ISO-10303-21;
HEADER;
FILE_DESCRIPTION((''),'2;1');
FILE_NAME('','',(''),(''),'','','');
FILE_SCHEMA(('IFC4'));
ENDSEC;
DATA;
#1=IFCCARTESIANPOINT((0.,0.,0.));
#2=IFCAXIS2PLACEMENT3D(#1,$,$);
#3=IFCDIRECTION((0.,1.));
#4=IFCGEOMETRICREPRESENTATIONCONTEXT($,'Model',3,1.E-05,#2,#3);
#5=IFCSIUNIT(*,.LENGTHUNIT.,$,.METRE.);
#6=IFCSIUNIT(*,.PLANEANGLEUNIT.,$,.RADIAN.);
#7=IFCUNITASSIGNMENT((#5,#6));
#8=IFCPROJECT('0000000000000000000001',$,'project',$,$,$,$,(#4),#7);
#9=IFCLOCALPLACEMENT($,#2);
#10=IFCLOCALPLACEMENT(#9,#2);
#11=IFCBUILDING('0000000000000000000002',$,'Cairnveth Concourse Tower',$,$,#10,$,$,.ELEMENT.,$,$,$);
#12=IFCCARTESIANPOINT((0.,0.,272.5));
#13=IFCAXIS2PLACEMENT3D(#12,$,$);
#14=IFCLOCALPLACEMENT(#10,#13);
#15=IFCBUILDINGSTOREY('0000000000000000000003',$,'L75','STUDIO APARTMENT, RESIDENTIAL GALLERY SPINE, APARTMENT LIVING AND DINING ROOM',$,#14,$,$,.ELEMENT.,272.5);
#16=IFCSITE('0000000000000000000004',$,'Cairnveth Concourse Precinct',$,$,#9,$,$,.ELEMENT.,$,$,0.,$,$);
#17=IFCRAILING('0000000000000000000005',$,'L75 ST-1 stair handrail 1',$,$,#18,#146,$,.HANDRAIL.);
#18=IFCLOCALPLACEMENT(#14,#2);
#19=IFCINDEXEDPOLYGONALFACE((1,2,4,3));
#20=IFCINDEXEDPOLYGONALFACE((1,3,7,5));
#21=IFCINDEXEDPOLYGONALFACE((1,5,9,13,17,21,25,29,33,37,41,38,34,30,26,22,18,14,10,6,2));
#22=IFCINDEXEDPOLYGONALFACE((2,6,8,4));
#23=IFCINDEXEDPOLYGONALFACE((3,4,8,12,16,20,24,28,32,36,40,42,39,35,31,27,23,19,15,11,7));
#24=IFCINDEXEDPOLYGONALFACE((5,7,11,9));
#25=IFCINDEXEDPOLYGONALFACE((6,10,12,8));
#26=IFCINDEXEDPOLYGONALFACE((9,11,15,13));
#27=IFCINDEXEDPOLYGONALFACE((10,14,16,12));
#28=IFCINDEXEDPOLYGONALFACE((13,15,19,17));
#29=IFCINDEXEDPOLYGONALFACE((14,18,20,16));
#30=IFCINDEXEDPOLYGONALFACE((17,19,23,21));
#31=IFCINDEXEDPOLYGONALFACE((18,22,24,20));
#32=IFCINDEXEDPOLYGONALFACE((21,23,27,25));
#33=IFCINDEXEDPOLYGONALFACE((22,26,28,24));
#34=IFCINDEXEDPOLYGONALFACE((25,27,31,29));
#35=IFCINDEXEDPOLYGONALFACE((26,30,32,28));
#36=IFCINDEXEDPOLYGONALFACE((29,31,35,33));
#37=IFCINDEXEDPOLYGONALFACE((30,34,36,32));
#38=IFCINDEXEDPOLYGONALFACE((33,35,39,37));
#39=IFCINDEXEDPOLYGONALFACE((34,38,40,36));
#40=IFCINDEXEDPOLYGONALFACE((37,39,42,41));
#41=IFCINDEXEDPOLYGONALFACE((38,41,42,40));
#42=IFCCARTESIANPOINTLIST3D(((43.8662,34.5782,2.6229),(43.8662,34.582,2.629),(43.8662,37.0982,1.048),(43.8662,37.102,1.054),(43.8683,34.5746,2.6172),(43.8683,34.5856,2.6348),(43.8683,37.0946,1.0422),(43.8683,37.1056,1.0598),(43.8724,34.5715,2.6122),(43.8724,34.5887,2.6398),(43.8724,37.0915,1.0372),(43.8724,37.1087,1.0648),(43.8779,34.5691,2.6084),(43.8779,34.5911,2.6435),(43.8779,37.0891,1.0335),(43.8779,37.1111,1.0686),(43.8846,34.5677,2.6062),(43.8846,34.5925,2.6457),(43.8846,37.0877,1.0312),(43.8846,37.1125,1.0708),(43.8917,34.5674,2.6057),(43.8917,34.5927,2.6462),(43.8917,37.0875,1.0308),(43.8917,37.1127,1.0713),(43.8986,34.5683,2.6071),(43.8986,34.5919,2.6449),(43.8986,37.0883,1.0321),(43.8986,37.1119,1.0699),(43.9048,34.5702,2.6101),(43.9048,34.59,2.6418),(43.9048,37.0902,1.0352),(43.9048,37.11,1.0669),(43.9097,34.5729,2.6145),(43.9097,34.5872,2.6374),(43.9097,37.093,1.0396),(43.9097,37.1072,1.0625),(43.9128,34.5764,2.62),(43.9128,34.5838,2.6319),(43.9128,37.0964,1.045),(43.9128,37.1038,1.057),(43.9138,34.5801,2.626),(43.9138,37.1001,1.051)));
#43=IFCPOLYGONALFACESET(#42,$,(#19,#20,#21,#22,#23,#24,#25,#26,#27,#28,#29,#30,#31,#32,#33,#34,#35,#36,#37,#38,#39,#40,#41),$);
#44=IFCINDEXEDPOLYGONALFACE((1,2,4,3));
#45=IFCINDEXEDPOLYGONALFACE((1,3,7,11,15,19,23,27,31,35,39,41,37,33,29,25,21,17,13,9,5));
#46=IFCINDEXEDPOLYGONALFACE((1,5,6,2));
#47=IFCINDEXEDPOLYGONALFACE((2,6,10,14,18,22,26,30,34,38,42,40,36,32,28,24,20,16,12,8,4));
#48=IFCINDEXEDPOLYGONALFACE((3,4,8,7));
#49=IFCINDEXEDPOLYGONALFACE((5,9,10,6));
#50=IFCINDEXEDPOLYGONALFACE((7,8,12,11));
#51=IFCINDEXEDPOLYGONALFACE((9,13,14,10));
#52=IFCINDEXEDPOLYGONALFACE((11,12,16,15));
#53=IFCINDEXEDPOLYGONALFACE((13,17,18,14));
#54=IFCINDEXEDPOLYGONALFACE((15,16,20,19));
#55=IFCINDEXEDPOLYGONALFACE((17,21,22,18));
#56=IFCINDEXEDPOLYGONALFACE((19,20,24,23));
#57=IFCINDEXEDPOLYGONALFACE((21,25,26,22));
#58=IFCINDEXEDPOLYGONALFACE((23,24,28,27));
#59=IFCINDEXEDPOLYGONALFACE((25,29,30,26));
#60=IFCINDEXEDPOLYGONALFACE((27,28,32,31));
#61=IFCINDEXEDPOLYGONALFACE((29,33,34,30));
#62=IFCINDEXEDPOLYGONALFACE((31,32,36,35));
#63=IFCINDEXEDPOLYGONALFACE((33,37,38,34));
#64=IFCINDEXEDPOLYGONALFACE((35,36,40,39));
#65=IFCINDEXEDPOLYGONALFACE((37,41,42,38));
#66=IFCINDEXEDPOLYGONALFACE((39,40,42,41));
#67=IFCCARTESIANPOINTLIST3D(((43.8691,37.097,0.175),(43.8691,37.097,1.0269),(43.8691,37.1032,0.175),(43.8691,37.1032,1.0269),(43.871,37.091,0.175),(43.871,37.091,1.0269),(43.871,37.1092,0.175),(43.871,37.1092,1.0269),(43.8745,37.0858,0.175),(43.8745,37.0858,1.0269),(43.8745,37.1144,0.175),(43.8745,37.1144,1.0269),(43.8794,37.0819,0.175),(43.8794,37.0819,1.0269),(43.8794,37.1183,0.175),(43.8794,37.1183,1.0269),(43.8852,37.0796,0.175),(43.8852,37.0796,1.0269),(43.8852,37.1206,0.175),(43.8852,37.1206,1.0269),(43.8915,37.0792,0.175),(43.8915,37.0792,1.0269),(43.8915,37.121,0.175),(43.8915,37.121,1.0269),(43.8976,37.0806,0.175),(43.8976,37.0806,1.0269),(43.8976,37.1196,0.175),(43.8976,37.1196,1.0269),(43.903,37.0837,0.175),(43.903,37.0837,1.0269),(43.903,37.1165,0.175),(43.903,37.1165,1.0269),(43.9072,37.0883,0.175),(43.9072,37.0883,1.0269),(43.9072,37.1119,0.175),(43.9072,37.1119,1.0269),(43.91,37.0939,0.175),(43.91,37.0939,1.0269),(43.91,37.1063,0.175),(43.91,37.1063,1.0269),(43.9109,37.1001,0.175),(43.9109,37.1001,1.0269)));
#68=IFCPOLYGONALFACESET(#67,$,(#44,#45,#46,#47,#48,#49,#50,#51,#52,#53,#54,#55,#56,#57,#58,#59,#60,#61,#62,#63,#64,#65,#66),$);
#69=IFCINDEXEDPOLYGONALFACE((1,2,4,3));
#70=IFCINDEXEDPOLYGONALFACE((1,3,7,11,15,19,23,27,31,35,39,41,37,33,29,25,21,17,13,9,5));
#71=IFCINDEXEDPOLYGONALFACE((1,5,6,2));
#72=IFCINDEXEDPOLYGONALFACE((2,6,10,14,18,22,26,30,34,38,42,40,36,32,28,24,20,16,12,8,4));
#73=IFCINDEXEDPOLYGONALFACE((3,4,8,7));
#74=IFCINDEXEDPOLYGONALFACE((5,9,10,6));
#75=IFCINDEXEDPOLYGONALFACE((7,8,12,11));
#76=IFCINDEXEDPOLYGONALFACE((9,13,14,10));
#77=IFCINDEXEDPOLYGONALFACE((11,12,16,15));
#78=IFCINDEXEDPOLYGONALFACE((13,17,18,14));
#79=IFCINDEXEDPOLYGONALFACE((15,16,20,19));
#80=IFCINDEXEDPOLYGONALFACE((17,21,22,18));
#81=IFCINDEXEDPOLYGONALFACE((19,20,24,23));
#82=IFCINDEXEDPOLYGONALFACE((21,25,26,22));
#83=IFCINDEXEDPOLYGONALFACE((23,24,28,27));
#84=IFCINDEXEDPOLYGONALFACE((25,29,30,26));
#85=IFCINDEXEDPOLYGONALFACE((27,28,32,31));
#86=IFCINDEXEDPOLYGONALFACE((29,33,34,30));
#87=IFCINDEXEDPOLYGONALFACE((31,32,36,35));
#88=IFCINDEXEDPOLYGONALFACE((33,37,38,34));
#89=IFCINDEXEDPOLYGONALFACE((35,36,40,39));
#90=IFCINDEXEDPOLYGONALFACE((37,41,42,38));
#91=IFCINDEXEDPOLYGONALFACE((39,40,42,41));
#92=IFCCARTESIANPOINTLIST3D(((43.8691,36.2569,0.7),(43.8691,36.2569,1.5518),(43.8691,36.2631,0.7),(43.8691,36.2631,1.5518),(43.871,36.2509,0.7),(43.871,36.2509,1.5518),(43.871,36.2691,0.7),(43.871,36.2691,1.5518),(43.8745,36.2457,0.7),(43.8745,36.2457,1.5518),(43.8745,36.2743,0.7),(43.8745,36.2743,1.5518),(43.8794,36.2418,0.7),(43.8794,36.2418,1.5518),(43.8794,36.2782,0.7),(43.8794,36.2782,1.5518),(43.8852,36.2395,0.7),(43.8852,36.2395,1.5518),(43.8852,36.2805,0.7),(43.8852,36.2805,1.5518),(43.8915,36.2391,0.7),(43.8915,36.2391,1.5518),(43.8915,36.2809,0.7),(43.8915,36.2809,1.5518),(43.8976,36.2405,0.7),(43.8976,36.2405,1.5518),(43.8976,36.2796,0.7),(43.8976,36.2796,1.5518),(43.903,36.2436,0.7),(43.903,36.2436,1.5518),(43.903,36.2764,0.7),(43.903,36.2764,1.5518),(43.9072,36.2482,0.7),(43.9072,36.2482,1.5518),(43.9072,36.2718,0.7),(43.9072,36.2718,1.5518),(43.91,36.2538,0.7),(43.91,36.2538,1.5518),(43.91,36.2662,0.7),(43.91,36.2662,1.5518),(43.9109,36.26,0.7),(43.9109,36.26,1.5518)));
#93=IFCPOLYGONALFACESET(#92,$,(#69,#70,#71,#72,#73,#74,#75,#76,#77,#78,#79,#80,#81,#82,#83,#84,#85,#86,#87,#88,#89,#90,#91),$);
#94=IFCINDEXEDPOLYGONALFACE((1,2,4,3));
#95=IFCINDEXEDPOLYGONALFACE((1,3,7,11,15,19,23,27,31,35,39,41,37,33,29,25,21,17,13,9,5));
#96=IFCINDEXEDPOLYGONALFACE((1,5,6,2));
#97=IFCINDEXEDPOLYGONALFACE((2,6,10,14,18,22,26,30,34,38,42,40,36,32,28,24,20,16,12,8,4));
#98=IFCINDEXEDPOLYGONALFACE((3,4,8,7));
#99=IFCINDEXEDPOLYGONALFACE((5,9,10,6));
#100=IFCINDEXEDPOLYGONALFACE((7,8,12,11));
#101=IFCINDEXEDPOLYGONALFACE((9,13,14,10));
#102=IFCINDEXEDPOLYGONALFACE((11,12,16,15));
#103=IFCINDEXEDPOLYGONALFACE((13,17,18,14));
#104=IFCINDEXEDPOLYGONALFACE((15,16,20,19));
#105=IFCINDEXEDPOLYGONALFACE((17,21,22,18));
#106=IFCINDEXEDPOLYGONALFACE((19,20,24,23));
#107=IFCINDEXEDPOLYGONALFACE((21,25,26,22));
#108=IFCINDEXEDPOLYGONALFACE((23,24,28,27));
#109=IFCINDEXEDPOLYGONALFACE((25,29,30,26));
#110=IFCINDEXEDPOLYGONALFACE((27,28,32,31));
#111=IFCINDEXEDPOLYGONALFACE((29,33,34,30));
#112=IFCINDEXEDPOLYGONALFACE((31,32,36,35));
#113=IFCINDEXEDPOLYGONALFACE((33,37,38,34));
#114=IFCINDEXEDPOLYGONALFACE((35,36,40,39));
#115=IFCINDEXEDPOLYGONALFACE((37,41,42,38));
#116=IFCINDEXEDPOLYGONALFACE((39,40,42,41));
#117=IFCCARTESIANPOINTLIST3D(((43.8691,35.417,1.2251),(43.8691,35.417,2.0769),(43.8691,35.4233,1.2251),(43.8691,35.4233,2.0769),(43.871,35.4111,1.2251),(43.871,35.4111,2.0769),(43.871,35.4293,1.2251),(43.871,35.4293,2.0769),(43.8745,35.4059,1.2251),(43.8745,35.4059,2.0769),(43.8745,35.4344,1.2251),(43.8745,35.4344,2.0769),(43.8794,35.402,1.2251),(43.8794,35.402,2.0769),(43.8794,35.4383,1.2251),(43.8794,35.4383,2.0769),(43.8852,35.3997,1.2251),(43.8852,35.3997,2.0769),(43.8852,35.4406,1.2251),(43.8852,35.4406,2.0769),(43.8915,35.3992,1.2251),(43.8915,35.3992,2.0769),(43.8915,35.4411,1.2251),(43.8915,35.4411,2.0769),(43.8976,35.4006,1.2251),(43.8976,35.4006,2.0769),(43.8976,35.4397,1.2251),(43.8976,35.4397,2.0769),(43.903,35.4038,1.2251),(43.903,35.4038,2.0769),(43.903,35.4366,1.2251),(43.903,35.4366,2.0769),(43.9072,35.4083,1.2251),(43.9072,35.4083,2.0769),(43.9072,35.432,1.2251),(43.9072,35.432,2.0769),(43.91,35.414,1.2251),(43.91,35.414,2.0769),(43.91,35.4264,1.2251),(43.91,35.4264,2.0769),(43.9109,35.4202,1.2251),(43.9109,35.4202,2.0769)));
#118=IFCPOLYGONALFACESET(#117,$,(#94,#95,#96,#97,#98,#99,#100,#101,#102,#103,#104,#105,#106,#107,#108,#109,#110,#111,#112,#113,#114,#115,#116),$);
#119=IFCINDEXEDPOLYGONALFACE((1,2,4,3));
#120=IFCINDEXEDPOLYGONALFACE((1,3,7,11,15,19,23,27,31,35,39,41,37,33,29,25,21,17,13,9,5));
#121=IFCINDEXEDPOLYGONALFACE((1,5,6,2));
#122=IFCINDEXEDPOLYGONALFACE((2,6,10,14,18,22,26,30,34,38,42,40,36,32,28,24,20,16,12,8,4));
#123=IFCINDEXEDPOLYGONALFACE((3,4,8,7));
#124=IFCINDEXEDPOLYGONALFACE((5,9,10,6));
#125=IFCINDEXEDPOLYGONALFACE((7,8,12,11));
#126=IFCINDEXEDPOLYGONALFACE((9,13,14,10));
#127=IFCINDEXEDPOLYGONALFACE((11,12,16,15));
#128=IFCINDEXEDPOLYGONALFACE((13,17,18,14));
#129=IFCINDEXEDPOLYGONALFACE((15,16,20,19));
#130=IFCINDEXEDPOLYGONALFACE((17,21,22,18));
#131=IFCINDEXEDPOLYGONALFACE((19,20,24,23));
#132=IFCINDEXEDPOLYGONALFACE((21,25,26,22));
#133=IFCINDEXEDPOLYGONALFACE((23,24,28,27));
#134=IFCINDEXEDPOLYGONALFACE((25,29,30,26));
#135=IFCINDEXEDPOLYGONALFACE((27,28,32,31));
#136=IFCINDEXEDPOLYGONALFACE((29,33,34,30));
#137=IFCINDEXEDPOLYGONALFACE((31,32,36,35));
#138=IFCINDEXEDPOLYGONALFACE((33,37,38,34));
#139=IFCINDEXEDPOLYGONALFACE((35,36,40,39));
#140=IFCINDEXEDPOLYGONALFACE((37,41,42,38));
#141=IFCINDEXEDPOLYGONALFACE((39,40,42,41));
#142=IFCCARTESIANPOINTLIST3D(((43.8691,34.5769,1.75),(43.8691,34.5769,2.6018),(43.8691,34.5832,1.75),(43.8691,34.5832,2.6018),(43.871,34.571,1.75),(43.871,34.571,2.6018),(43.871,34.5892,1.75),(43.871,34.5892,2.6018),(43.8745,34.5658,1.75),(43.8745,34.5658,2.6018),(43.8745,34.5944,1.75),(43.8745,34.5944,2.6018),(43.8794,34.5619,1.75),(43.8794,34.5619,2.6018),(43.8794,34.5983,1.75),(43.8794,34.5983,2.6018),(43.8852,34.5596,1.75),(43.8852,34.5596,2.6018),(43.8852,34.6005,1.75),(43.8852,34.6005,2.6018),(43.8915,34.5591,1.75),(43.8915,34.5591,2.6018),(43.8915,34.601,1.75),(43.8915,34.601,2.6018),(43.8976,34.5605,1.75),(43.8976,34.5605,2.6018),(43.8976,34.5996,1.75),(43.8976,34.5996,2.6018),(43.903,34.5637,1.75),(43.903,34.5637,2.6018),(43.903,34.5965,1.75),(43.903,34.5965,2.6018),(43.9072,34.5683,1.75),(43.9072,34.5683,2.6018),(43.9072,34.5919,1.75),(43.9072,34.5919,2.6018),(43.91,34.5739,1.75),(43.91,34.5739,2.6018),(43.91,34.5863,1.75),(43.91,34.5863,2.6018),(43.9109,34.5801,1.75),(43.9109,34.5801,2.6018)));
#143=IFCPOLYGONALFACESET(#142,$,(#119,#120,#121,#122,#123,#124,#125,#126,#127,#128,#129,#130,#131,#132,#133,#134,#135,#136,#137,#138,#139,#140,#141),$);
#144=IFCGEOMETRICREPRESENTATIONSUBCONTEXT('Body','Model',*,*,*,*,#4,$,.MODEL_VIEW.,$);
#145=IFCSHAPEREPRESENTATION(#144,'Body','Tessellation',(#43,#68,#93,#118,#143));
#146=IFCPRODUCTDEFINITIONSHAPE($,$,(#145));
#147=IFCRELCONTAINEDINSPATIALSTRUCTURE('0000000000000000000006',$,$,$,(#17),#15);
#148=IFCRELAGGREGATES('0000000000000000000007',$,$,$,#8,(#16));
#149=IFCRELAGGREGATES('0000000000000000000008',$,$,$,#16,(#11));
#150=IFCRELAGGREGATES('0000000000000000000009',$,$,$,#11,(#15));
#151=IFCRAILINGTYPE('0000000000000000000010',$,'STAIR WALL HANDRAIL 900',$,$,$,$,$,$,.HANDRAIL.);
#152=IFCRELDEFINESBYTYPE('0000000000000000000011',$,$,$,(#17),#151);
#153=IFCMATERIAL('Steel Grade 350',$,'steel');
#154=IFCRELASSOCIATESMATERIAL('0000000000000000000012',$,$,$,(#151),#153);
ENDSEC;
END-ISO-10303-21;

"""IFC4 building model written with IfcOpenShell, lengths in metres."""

from ifc_helpers import new_model, si_unit, direction, frame, origin, origin_2d, place, context, subcontext, project, spatial, circle, extrude, material, type_object, element, save


model = new_model("IFC4")

# Units and contexts
model_context = context("Model", 3, precision=1e-05, world=origin(), true_north=direction((0.0, 1.0)))
body_context = subcontext(model_context, "Body", "Model", "MODEL_VIEW")
ifc_project = project(units=[si_unit("LENGTHUNIT", "METRE"), si_unit("PLANEANGLEUNIT", "RADIAN")], contexts=[model_context])

# Site, building, storey
site_placement = place(None, origin())
site = spatial("IfcSite", under=ifc_project, at=site_placement, Name="Cairnveth Concourse Precinct", CompositionType="ELEMENT", RefElevation=0.0)
building_placement = place(site_placement, origin())
building = spatial("IfcBuilding", under=site, at=building_placement, Name="Cairnveth Concourse Tower", CompositionType="ELEMENT")
storey_placement = place(building_placement, frame((0.0, 0.0, 272.5)))
storey = spatial("IfcBuildingStorey", under=building, at=storey_placement, Name="L75", Description="STUDIO APARTMENT, RESIDENTIAL GALLERY SPINE, APARTMENT LIVING AND DINING ROOM", CompositionType="ELEMENT", Elevation=272.5)

# Shared definitions
ifc_material_1 = material(Name="Steel Grade 350", Category="steel")

# Railing
railing_type_1 = type_object("IfcRailingType", Name="STAIR WALL HANDRAIL 900", PredefinedType="HANDRAIL", material=ifc_material_1)
railing_1_placement = place(storey_placement, frame((43.8899, 37.1001, 0.175)))
element("IfcRailing", 1, at=railing_1_placement, inside=storey, type_object=railing_type_1, Name="L75 ST-1 stair handrail 1", PredefinedType="HANDRAIL", context=body_context, shape_type="SweptSolid", body=[
    extrude(circle(Radius=0.0239, at=origin_2d()), frame((0.0, 0.0, 0.876), z_axis=(0.0, -0.848008, 0.529984), x_axis=(1.0, 0.0, 0.0)), (0.0, 0.0, 1.0), 2.9717),
    extrude(circle(Radius=0.021, at=origin_2d()), origin(), (0.0, 0.0, 1.0), 0.8518),
    extrude(circle(Radius=0.021, at=origin_2d()), frame((0.0, -0.8401, 0.5249)), (0.0, 0.0, 1.0), 0.8518),
    extrude(circle(Radius=0.021, at=origin_2d()), frame((0.0, -1.6799, 1.05)), (0.0, 0.0, 1.0), 0.8518),
    extrude(circle(Radius=0.021, at=origin_2d()), frame((0.0, -2.52, 1.575)), (0.0, 0.0, 1.0), 0.8518),
])

save(model, "model.ifc")
